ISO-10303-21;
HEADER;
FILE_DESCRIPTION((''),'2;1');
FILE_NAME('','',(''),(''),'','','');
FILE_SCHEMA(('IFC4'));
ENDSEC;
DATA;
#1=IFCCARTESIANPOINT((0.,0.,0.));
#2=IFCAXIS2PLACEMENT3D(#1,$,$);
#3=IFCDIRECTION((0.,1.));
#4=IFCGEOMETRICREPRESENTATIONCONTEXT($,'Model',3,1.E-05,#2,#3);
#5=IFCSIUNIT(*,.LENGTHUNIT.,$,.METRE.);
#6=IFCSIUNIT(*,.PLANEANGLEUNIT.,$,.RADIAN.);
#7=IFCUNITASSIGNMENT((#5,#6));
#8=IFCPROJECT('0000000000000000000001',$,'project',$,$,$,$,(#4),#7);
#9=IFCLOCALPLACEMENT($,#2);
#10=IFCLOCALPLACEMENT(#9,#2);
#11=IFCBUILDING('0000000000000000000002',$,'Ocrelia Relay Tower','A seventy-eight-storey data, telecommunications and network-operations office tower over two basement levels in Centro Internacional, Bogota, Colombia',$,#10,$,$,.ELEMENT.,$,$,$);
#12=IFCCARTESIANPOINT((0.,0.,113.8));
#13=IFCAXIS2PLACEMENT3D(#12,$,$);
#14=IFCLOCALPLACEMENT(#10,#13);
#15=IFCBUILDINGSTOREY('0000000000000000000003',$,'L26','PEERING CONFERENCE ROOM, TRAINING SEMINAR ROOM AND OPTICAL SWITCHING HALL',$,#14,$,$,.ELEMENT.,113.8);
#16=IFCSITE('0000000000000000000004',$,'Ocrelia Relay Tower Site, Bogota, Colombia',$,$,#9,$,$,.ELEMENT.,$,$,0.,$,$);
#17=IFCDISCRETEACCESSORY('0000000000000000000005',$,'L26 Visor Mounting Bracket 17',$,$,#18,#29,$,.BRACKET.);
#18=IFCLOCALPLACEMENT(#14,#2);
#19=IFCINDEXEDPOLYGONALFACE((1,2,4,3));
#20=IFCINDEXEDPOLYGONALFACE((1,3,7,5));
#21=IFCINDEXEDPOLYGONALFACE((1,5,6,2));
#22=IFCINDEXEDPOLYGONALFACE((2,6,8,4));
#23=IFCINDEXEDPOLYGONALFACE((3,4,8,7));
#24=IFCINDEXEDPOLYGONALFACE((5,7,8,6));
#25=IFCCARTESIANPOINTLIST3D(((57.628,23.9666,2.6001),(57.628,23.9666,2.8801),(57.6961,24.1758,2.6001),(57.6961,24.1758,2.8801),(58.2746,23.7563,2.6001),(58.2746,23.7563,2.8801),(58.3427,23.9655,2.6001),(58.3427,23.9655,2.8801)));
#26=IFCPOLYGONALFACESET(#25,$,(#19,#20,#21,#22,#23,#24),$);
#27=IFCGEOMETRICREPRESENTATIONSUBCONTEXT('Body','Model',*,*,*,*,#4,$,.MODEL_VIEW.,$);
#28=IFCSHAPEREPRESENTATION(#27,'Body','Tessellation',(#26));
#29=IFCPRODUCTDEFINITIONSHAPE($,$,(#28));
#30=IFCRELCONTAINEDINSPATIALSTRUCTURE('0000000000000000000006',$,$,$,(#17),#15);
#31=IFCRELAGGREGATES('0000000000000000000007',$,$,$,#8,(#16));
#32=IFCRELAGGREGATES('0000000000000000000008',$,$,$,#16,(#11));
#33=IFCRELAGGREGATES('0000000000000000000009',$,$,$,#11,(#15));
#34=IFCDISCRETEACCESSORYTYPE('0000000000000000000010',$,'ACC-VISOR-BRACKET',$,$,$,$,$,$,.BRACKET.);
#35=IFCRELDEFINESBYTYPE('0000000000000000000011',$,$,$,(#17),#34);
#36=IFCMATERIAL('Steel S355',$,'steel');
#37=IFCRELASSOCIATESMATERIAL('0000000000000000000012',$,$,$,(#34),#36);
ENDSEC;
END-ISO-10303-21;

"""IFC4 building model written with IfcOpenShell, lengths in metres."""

from ifc_helpers import new_model, si_unit, direction, frame, origin, origin_2d, place, context, subcontext, project, spatial, rectangle, extrude, material, type_object, element, save


model = new_model("IFC4")

# Units and contexts
model_context = context("Model", 3, precision=1e-05, world=origin(), true_north=direction((0.0, 1.0)))
body_context = subcontext(model_context, "Body", "Model", "MODEL_VIEW")
ifc_project = project(units=[si_unit("LENGTHUNIT", "METRE"), si_unit("PLANEANGLEUNIT", "RADIAN")], contexts=[model_context])

# Site, building, storey
site_placement = place(None, origin())
site = spatial("IfcSite", under=ifc_project, at=site_placement, Name="Ocrelia Relay Tower Site, Bogota, Colombia", CompositionType="ELEMENT", RefElevation=0.0)
building_placement = place(site_placement, origin())
building = spatial("IfcBuilding", under=site, at=building_placement, Name="Ocrelia Relay Tower", Description="A seventy-eight-storey data, telecommunications and network-operations office tower over two basement levels in Centro Internacional, Bogota, Colombia", CompositionType="ELEMENT")
storey_placement = place(building_placement, frame((0.0, 0.0, 113.8)))
storey = spatial("IfcBuildingStorey", under=building, at=storey_placement, Name="L26", Description="PEERING CONFERENCE ROOM, TRAINING SEMINAR ROOM AND OPTICAL SWITCHING HALL", CompositionType="ELEMENT", Elevation=113.8)

# Shared definitions
ifc_material_1 = material(Name="Steel S355", Category="steel")

# Discrete accessory
discrete_accessory_type = type_object("IfcDiscreteAccessoryType", Name="ACC-VISOR-BRACKET", PredefinedType="BRACKET", material=ifc_material_1)
for number, where, z_axis, x_axis, name in (
    (1, (57.9854, 23.9661, 2.6001), (0.0, 0.0, 1.0), (0.309349, 0.950949, 0.0), "L26 Visor Mounting Bracket 17"),
):
    element("IfcDiscreteAccessory", number, at=place(storey_placement, frame(where, z_axis=z_axis, x_axis=x_axis)), inside=storey, type_object=discrete_accessory_type, Name=name, PredefinedType="BRACKET", context=body_context, shape_type="SweptSolid", body=[
        extrude(rectangle(XDim=0.22, YDim=0.6799, at=origin_2d()), origin(), (0.0, 0.0, 1.0), 0.28),
    ])

save(model, "model.ifc")
